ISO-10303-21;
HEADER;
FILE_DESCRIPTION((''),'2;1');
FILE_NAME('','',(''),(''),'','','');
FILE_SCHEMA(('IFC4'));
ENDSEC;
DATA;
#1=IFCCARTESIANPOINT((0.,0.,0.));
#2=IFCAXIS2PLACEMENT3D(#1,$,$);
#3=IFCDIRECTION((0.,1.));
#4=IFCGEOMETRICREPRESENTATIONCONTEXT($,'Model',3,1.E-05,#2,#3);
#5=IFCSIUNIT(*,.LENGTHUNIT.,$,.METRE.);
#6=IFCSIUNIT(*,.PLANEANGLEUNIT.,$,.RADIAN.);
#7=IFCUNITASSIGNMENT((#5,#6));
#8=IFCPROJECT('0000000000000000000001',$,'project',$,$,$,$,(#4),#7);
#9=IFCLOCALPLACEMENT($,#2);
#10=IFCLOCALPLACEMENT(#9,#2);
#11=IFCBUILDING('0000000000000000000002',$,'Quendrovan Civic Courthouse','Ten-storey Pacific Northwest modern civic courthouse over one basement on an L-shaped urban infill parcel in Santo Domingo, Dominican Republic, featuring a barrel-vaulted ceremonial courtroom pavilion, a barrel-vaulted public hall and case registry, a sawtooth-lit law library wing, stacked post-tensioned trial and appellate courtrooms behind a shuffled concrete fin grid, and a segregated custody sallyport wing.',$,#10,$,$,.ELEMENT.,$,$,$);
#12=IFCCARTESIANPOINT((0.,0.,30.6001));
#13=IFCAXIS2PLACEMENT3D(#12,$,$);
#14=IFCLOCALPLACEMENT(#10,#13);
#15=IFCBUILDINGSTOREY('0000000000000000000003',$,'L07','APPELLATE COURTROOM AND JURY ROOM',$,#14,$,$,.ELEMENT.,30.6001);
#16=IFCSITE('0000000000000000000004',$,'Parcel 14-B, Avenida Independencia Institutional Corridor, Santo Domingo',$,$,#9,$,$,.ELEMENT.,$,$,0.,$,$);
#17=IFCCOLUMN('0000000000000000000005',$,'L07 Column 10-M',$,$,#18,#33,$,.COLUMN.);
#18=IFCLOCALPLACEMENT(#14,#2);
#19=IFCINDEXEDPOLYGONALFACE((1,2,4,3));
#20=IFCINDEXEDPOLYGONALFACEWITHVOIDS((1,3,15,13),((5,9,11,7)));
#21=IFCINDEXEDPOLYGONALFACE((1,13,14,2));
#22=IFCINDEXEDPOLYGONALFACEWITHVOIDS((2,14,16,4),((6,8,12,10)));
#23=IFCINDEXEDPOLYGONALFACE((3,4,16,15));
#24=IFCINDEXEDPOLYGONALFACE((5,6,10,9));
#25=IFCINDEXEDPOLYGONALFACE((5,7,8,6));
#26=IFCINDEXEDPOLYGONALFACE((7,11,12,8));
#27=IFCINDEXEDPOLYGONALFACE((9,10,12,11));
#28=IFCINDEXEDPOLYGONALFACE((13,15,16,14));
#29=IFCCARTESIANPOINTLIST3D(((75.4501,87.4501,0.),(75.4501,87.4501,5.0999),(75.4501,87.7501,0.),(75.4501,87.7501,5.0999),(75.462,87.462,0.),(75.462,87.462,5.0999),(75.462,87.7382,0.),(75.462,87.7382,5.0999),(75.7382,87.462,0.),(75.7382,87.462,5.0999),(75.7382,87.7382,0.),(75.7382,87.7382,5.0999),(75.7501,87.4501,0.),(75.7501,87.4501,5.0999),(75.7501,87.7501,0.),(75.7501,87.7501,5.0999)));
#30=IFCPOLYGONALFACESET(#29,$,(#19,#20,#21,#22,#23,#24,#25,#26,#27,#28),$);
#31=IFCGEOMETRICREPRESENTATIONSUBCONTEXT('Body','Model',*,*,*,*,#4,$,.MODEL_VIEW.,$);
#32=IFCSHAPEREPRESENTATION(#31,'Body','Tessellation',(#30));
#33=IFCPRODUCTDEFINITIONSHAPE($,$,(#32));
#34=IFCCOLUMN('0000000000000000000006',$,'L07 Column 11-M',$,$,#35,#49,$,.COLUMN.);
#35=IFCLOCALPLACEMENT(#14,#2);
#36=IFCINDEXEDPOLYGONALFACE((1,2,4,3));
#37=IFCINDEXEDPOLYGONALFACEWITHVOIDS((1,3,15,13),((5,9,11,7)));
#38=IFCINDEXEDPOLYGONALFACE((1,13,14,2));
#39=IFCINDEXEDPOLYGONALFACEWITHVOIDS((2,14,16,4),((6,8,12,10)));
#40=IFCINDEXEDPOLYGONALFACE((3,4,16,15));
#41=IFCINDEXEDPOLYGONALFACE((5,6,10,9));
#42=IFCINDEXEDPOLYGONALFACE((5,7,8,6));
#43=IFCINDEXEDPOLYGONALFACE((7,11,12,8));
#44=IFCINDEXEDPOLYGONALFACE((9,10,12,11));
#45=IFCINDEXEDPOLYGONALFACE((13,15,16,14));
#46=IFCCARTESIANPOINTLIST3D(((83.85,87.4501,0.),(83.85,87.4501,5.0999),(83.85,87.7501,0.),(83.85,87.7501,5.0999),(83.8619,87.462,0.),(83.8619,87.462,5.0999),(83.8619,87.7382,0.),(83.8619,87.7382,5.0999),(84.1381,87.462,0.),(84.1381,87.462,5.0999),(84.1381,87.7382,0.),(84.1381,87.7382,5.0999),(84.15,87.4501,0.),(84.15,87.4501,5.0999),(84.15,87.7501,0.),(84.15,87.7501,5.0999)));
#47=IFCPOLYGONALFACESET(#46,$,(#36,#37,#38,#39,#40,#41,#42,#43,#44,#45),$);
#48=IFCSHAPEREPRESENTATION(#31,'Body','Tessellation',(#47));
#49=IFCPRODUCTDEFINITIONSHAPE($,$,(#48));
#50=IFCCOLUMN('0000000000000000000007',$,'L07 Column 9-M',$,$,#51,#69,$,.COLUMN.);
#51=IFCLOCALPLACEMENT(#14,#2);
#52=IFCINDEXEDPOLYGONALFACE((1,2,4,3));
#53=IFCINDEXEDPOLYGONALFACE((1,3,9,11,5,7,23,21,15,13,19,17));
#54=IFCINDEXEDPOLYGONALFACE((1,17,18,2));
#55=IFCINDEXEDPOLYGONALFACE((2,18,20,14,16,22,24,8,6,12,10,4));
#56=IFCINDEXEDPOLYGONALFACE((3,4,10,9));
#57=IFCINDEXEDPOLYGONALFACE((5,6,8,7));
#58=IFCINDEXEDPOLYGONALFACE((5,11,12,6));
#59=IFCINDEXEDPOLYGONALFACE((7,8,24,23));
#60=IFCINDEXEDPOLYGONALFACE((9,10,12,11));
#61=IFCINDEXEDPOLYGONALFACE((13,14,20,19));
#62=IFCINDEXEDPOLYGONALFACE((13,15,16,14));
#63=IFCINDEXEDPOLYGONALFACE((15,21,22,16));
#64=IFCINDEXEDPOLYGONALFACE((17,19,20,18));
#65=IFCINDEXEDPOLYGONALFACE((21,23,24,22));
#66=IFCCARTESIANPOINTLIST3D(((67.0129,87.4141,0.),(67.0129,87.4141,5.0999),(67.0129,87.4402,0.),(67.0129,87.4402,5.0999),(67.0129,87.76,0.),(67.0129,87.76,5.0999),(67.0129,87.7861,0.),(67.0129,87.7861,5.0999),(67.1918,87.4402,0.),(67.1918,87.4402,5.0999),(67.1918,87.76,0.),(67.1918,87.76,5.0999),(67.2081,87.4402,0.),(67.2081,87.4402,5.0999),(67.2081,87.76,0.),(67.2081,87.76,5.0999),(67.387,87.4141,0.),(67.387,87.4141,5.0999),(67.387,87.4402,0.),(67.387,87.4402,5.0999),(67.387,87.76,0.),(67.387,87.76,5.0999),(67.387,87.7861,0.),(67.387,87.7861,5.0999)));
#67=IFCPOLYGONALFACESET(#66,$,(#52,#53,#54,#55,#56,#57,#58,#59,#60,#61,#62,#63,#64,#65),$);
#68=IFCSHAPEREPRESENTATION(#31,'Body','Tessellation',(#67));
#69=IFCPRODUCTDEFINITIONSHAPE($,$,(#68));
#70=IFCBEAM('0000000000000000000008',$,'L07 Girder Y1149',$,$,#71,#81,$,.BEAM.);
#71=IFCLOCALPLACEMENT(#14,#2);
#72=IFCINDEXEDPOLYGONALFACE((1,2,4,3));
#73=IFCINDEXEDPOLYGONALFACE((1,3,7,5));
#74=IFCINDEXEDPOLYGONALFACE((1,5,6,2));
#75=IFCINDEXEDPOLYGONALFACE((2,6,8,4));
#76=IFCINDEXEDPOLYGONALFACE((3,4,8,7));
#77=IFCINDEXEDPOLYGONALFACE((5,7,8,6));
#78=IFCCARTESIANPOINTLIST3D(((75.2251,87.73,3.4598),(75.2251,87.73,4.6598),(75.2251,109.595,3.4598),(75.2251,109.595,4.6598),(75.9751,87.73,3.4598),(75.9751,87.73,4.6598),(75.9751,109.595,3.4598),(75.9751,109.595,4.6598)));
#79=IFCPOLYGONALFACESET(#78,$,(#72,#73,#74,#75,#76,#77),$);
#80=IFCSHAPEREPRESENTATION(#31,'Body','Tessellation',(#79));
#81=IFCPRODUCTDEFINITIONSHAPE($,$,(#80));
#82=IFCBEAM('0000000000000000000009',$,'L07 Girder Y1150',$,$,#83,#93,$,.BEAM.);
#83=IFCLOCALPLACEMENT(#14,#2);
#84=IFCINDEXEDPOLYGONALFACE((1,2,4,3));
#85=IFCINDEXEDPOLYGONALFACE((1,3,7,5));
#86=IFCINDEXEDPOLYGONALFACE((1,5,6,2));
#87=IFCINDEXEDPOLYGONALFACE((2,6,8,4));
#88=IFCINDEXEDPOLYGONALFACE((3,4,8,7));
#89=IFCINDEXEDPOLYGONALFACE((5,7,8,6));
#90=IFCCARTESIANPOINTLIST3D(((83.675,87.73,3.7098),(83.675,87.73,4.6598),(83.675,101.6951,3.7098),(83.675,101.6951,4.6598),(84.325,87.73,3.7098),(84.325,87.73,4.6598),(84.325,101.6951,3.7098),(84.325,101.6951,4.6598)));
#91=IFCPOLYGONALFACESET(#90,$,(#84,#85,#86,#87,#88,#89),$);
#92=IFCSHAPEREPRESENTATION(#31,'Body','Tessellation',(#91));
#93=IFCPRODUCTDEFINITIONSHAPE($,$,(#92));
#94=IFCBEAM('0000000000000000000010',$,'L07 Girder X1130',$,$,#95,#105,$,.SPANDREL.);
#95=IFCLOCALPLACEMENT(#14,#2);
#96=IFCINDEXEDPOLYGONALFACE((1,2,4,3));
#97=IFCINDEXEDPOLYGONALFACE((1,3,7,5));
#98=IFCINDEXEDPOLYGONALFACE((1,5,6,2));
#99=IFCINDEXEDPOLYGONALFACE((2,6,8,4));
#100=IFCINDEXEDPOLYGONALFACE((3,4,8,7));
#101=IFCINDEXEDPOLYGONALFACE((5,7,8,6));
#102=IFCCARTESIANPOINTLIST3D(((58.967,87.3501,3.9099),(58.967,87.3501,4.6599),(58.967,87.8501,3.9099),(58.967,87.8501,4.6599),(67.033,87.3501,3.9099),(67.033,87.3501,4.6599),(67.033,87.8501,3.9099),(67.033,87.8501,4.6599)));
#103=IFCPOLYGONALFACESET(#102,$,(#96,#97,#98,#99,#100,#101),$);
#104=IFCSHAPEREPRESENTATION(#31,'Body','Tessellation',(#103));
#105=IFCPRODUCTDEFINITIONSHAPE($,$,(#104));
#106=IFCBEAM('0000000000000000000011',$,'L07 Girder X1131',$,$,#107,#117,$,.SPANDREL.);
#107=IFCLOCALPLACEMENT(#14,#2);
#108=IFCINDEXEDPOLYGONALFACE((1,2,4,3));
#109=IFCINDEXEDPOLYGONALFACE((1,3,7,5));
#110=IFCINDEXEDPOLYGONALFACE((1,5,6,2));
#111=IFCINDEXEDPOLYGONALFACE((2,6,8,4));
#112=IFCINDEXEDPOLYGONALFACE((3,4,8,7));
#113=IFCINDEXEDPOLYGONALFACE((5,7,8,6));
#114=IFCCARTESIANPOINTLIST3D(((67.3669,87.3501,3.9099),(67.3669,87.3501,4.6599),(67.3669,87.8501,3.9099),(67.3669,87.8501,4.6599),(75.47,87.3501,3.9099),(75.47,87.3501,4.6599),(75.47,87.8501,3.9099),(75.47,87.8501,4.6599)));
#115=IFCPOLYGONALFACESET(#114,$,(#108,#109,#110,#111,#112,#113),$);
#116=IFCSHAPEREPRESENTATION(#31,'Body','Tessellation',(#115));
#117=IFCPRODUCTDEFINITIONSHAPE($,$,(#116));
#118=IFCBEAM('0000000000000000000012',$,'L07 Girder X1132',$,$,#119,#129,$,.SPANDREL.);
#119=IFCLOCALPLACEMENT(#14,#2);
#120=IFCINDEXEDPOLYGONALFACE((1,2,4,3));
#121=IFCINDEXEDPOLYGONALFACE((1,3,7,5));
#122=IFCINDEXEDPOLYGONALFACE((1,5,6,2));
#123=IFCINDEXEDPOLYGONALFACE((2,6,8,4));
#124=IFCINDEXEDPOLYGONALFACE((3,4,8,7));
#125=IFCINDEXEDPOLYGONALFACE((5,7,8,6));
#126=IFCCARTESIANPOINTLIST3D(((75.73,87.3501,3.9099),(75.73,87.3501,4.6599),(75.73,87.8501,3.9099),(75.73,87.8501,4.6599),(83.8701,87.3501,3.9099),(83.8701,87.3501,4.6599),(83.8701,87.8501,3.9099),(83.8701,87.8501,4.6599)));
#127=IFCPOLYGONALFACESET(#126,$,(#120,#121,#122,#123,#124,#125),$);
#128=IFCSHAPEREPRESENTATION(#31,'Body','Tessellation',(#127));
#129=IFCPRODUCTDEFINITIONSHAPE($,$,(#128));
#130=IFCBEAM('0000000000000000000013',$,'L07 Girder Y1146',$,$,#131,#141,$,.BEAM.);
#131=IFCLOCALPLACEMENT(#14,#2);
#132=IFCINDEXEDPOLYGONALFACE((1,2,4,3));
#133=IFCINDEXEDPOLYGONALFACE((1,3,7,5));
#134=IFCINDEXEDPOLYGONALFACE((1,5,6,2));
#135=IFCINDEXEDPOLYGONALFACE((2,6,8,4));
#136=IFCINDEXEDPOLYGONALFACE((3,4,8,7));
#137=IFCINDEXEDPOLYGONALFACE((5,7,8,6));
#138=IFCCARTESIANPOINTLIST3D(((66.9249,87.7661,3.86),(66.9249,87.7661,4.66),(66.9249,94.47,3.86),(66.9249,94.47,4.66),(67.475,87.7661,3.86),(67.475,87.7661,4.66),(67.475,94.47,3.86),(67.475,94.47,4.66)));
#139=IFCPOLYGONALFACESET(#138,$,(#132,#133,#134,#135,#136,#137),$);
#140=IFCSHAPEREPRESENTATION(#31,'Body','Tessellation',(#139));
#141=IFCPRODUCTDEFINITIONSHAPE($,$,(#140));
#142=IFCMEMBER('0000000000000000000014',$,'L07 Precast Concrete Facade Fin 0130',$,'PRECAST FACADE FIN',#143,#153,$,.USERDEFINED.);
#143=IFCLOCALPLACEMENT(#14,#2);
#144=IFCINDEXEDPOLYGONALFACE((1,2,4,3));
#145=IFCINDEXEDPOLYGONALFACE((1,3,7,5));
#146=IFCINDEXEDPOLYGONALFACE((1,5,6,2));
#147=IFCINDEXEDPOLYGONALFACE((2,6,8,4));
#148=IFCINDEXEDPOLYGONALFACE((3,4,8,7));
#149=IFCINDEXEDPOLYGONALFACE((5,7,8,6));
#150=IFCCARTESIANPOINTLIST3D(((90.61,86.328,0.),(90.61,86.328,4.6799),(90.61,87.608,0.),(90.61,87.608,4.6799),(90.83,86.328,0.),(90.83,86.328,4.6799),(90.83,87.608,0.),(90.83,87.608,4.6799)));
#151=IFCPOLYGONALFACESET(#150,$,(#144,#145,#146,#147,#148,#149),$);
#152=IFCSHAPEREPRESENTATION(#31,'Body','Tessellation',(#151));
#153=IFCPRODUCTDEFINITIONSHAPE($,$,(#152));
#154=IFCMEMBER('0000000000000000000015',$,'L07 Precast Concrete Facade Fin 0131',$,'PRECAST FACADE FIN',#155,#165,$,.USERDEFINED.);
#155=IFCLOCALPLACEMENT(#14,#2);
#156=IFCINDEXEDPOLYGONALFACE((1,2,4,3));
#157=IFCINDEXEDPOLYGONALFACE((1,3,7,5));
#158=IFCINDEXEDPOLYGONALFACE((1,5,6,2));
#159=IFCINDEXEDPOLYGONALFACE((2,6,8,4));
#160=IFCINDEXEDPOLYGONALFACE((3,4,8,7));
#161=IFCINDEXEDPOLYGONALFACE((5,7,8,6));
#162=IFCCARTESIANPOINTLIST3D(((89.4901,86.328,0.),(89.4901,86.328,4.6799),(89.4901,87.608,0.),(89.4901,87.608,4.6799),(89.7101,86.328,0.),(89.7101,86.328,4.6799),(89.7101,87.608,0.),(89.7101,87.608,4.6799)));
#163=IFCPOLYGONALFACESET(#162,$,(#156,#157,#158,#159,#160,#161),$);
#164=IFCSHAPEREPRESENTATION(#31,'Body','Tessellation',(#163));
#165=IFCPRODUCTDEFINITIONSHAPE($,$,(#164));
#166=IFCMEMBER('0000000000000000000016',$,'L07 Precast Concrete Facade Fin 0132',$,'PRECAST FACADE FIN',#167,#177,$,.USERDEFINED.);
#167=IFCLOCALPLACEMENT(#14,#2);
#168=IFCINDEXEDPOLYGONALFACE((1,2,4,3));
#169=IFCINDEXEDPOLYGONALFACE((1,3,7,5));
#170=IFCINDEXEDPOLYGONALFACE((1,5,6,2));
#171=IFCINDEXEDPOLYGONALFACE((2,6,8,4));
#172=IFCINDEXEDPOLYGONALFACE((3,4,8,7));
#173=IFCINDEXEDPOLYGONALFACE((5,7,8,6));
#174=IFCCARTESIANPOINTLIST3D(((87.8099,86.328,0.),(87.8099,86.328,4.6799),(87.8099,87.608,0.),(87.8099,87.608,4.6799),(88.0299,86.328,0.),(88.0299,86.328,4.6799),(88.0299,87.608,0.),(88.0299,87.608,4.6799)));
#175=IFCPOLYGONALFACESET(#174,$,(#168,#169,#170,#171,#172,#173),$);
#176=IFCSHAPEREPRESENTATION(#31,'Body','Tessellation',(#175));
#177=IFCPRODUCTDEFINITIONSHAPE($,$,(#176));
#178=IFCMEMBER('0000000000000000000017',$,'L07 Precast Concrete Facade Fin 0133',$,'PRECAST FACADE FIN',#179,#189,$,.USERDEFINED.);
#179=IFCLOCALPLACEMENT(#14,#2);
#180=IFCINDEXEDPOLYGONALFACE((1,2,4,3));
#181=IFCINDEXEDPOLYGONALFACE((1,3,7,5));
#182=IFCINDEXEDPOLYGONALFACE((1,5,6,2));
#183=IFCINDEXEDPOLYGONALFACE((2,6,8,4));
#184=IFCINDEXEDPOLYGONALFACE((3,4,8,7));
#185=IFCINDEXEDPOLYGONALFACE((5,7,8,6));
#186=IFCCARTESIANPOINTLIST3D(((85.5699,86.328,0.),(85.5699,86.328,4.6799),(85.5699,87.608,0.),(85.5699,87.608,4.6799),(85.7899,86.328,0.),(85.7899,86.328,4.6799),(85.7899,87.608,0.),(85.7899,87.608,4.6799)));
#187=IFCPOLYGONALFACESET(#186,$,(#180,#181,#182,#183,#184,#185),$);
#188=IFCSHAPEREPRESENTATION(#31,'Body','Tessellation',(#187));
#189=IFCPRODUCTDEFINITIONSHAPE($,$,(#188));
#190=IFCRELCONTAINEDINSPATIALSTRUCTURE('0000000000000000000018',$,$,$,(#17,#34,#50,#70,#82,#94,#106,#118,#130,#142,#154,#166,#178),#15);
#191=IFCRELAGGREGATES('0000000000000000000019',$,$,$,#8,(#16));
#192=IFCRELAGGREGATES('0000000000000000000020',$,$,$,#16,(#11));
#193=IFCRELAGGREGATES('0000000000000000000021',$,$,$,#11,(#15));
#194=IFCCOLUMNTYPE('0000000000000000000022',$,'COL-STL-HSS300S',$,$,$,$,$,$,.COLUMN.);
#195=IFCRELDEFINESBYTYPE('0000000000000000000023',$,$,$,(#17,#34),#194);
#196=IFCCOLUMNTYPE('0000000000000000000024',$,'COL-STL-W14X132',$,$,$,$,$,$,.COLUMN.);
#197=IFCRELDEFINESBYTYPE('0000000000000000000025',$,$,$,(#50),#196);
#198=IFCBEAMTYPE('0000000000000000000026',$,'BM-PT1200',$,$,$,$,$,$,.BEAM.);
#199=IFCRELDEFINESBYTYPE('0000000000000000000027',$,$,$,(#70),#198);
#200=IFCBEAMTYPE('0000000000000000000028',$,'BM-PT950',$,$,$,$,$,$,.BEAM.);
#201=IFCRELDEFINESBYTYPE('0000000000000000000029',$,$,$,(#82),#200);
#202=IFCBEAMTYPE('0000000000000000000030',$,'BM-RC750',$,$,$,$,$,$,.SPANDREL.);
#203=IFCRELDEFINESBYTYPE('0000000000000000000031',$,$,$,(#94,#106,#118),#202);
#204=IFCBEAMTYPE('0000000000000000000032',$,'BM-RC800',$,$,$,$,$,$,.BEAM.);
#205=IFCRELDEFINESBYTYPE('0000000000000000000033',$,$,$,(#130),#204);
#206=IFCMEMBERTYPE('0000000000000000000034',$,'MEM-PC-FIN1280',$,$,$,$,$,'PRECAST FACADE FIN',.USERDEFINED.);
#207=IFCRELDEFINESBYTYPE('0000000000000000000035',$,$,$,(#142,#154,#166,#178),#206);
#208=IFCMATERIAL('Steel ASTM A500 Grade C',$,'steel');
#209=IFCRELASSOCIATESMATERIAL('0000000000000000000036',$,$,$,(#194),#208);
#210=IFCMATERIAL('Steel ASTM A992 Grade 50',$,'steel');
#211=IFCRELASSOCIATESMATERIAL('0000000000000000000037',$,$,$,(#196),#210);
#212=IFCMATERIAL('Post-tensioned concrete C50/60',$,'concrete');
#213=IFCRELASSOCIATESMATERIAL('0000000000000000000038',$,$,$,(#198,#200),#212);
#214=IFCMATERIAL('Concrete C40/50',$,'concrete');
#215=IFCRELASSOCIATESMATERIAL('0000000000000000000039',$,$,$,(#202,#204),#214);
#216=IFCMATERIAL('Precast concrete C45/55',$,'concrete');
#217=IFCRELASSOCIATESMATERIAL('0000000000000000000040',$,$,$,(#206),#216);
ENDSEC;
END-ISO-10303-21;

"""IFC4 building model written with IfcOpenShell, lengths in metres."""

from ifc_helpers import new_model, si_unit, direction, frame, origin, origin_2d, place, context, subcontext, project, spatial, rectangle, hollow_rectangle, i_section, extrude, material, material_profile, profile_set, type_object, element, save


model = new_model("IFC4")

# Units and contexts
model_context = context("Model", 3, precision=1e-05, world=origin(), true_north=direction((0.0, 1.0)))
body_context = subcontext(model_context, "Body", "Model", "MODEL_VIEW")
ifc_project = project(units=[si_unit("LENGTHUNIT", "METRE"), si_unit("PLANEANGLEUNIT", "RADIAN")], contexts=[model_context])

# Site, building, storey
site_placement = place(None, origin())
site = spatial("IfcSite", under=ifc_project, at=site_placement, Name="Parcel 14-B, Avenida Independencia Institutional Corridor, Santo Domingo", CompositionType="ELEMENT", RefElevation=0.0)
building_placement = place(site_placement, origin())
building = spatial("IfcBuilding", under=site, at=building_placement, Name="Quendrovan Civic Courthouse", Description="Ten-storey Pacific Northwest modern civic courthouse over one basement on an L-shaped urban infill parcel in Santo Domingo, Dominican Republic, featuring a barrel-vaulted ceremonial courtroom pavilion, a barrel-vaulted public hall and case registry, a sawtooth-lit law library wing, stacked post-tensioned trial and appellate courtrooms behind a shuffled concrete fin grid, and a segregated custody sallyport wing.", CompositionType="ELEMENT")
storey_placement = place(building_placement, frame((0.0, 0.0, 30.6001)))
storey = spatial("IfcBuildingStorey", under=building, at=storey_placement, Name="L07", Description="APPELLATE COURTROOM AND JURY ROOM", CompositionType="ELEMENT", Elevation=30.6001)

# Columns
ifc_material_1 = material(Name="Steel ASTM A500 Grade C", Category="steel")
ifc_material_profile_1 = material_profile(ifc_material_1, hollow_rectangle(XDim=0.3, YDim=0.3, WallThickness=0.012, at=origin_2d()), Name="HSS300x300x12")
ifc_profile_set_1 = profile_set([ifc_material_profile_1], Name="Steel ASTM A500 Grade C")
column_type_1 = type_object("IfcColumnType", Name="COL-STL-HSS300S", PredefinedType="COLUMN", material=ifc_profile_set_1)
for number, where, z_axis, x_axis, name in (
    (1, (75.6001, 87.6001, 0.0), (0.0, 0.0, 1.0), (1.0, 0.0, 0.0), "L07 Column 10-M"),
    (2, (84.0, 87.6001, 0.0), (0.0, 0.0, 1.0), (1.0, 0.0, 0.0), "L07 Column 11-M"),
):
    element("IfcColumn", number, at=place(storey_placement, frame(where, z_axis=z_axis, x_axis=x_axis)), inside=storey, type_object=column_type_1, Name=name, PredefinedType="COLUMN", context=body_context, shape_type="SweptSolid", body=[
        extrude(hollow_rectangle(XDim=0.3, YDim=0.3, WallThickness=0.012, at=origin_2d()), origin(), (0.0, 0.0, 1.0), 5.0999),
    ])
ifc_material_2 = material(Name="Steel ASTM A992 Grade 50", Category="steel")
ifc_material_profile_2 = material_profile(ifc_material_2, i_section(OverallWidth=0.374, OverallDepth=0.3721, WebThickness=0.0164, FlangeThickness=0.0261, at=origin_2d()), Name="W14X132")
ifc_profile_set_2 = profile_set([ifc_material_profile_2], Name="Steel ASTM A992 Grade 50")
column_type_2 = type_object("IfcColumnType", Name="COL-STL-W14X132", PredefinedType="COLUMN", material=ifc_profile_set_2)
column_placement = place(storey_placement, frame((67.2, 87.6001, 0.0), z_axis=(0.0, 0.0, 1.0), x_axis=(1.0, 0.0, 0.0)))
element("IfcColumn", 3, at=column_placement, inside=storey, type_object=column_type_2, Name="L07 Column 9-M", PredefinedType="COLUMN", context=body_context, shape_type="SweptSolid", body=[
    extrude(i_section(OverallWidth=0.374, OverallDepth=0.3721, WebThickness=0.0164, FlangeThickness=0.0261, at=origin_2d()), origin(), (0.0, 0.0, 1.0), 5.0999),
])

# Beams
ifc_material_3 = material(Name="Post-tensioned concrete C50/60", Category="concrete")
ifc_material_profile_3 = material_profile(ifc_material_3, rectangle(XDim=0.75, YDim=1.2, at=origin_2d()), Name="PT-GIRD-750x1200")
ifc_profile_set_3 = profile_set([ifc_material_profile_3], Name="Post-tensioned concrete C50/60")
beam_type_1 = type_object("IfcBeamType", Name="BM-PT1200", PredefinedType="BEAM", material=ifc_profile_set_3)
beam_1_placement = place(storey_placement, frame((75.6001, 87.73, 4.0598), z_axis=(0.0, 1.0, 0.0), x_axis=(-1.0, 0.0, 0.0)))
element("IfcBeam", 4, at=beam_1_placement, inside=storey, type_object=beam_type_1, Name="L07 Girder Y1149", PredefinedType="BEAM", context=body_context, shape_type="SweptSolid", body=[
    extrude(rectangle(XDim=0.75, YDim=1.2, at=origin_2d()), origin(), (0.0, 0.0, 1.0), 21.865),
])
ifc_material_profile_4 = material_profile(ifc_material_3, rectangle(XDim=0.6499, YDim=0.95, at=origin_2d()), Name="PT-GIRD-650x950")
ifc_profile_set_4 = profile_set([ifc_material_profile_4], Name="Post-tensioned concrete C50/60")
beam_type_2 = type_object("IfcBeamType", Name="BM-PT950", PredefinedType="BEAM", material=ifc_profile_set_4)
beam_2_placement = place(storey_placement, frame((84.0, 87.73, 4.1848), z_axis=(0.0, 1.0, 0.0), x_axis=(-1.0, 0.0, 0.0)))
element("IfcBeam", 5, at=beam_2_placement, inside=storey, type_object=beam_type_2, Name="L07 Girder Y1150", PredefinedType="BEAM", context=body_context, shape_type="SweptSolid", body=[
    extrude(rectangle(XDim=0.6499, YDim=0.95, at=origin_2d()), origin(), (0.0, 0.0, 1.0), 13.9651),
])
ifc_material_4 = material(Name="Concrete C40/50", Category="concrete")
ifc_material_profile_5 = material_profile(ifc_material_4, rectangle(XDim=0.5, YDim=0.75, at=origin_2d()), Name="RC-BM-500x750")
ifc_profile_set_5 = profile_set([ifc_material_profile_5], Name="Concrete C40/50")
beam_type_3 = type_object("IfcBeamType", Name="BM-RC750", PredefinedType="SPANDREL", material=ifc_profile_set_5)
beam_3_placement = place(storey_placement, frame((58.967, 87.6001, 4.2849), z_axis=(1.0, 0.0, 0.0), x_axis=(0.0, 1.0, 0.0)))
element("IfcBeam", 6, at=beam_3_placement, inside=storey, type_object=beam_type_3, Name="L07 Girder X1130", PredefinedType="SPANDREL", context=body_context, shape_type="SweptSolid", body=[
    extrude(rectangle(XDim=0.5, YDim=0.75, at=origin_2d()), origin(), (0.0, 0.0, 1.0), 8.0659),
])
beam_4_placement = place(storey_placement, frame((67.3669, 87.6001, 4.2849), z_axis=(1.0, 0.0, 0.0), x_axis=(0.0, 1.0, 0.0)))
element("IfcBeam", 7, at=beam_4_placement, inside=storey, type_object=beam_type_3, Name="L07 Girder X1131", PredefinedType="SPANDREL", context=body_context, shape_type="SweptSolid", body=[
    extrude(rectangle(XDim=0.5, YDim=0.75, at=origin_2d()), origin(), (0.0, 0.0, 1.0), 8.103),
])
beam_5_placement = place(storey_placement, frame((75.73, 87.6001, 4.2849), z_axis=(1.0, 0.0, 0.0), x_axis=(0.0, 1.0, 0.0)))
element("IfcBeam", 8, at=beam_5_placement, inside=storey, type_object=beam_type_3, Name="L07 Girder X1132", PredefinedType="SPANDREL", context=body_context, shape_type="SweptSolid", body=[
    extrude(rectangle(XDim=0.5, YDim=0.75, at=origin_2d()), origin(), (0.0, 0.0, 1.0), 8.1401),
])
ifc_material_profile_6 = material_profile(ifc_material_4, rectangle(XDim=0.55, YDim=0.8, at=origin_2d()), Name="RC-BM-550x800")
ifc_profile_set_6 = profile_set([ifc_material_profile_6], Name="Concrete C40/50")
beam_type_4 = type_object("IfcBeamType", Name="BM-RC800", PredefinedType="BEAM", material=ifc_profile_set_6)
beam_6_placement = place(storey_placement, frame((67.2, 87.7661, 4.26), z_axis=(0.0, 1.0, 0.0), x_axis=(-1.0, 0.0, 0.0)))
element("IfcBeam", 9, at=beam_6_placement, inside=storey, type_object=beam_type_4, Name="L07 Girder Y1146", PredefinedType="BEAM", context=body_context, shape_type="SweptSolid", body=[
    extrude(rectangle(XDim=0.55, YDim=0.8, at=origin_2d()), origin(), (0.0, 0.0, 1.0), 6.7039),
])

# Members
ifc_material_5 = material(Name="Precast concrete C45/55", Category="concrete")
ifc_material_profile_7 = material_profile(ifc_material_5, rectangle(XDim=0.22, YDim=1.28, at=origin_2d()), Name="PC-FIN-220x1280")
ifc_profile_set_7 = profile_set([ifc_material_profile_7], Name="Precast concrete C45/55")
member_type = type_object("IfcMemberType", Name="MEM-PC-FIN1280", ElementType="PRECAST FACADE FIN", PredefinedType="USERDEFINED", material=ifc_profile_set_7)
for number, where, z_axis, x_axis, name in (
    (10, (90.72, 86.968, 0.0), (0.0, 0.0, 1.0), (-1.0, 0.0, 0.0), "L07 Precast Concrete Facade Fin 0130"),
    (11, (89.6001, 86.968, 0.0), (0.0, 0.0, 1.0), (-1.0, 0.0, 0.0), "L07 Precast Concrete Facade Fin 0131"),
    (12, (87.9199, 86.968, 0.0), (0.0, 0.0, 1.0), (-1.0, 0.0, 0.0), "L07 Precast Concrete Facade Fin 0132"),
    (13, (85.6799, 86.968, 0.0), (0.0, 0.0, 1.0), (-1.0, 0.0, 0.0), "L07 Precast Concrete Facade Fin 0133"),
):
    element("IfcMember", number, at=place(storey_placement, frame(where, z_axis=z_axis, x_axis=x_axis)), inside=storey, type_object=member_type, Name=name, ObjectType="PRECAST FACADE FIN", PredefinedType="USERDEFINED", context=body_context, shape_type="SweptSolid", body=[
        extrude(rectangle(XDim=0.22, YDim=1.28, at=origin_2d()), origin(), (0.0, 0.0, 1.0), 4.6799),
    ])

save(model, "model.ifc")
